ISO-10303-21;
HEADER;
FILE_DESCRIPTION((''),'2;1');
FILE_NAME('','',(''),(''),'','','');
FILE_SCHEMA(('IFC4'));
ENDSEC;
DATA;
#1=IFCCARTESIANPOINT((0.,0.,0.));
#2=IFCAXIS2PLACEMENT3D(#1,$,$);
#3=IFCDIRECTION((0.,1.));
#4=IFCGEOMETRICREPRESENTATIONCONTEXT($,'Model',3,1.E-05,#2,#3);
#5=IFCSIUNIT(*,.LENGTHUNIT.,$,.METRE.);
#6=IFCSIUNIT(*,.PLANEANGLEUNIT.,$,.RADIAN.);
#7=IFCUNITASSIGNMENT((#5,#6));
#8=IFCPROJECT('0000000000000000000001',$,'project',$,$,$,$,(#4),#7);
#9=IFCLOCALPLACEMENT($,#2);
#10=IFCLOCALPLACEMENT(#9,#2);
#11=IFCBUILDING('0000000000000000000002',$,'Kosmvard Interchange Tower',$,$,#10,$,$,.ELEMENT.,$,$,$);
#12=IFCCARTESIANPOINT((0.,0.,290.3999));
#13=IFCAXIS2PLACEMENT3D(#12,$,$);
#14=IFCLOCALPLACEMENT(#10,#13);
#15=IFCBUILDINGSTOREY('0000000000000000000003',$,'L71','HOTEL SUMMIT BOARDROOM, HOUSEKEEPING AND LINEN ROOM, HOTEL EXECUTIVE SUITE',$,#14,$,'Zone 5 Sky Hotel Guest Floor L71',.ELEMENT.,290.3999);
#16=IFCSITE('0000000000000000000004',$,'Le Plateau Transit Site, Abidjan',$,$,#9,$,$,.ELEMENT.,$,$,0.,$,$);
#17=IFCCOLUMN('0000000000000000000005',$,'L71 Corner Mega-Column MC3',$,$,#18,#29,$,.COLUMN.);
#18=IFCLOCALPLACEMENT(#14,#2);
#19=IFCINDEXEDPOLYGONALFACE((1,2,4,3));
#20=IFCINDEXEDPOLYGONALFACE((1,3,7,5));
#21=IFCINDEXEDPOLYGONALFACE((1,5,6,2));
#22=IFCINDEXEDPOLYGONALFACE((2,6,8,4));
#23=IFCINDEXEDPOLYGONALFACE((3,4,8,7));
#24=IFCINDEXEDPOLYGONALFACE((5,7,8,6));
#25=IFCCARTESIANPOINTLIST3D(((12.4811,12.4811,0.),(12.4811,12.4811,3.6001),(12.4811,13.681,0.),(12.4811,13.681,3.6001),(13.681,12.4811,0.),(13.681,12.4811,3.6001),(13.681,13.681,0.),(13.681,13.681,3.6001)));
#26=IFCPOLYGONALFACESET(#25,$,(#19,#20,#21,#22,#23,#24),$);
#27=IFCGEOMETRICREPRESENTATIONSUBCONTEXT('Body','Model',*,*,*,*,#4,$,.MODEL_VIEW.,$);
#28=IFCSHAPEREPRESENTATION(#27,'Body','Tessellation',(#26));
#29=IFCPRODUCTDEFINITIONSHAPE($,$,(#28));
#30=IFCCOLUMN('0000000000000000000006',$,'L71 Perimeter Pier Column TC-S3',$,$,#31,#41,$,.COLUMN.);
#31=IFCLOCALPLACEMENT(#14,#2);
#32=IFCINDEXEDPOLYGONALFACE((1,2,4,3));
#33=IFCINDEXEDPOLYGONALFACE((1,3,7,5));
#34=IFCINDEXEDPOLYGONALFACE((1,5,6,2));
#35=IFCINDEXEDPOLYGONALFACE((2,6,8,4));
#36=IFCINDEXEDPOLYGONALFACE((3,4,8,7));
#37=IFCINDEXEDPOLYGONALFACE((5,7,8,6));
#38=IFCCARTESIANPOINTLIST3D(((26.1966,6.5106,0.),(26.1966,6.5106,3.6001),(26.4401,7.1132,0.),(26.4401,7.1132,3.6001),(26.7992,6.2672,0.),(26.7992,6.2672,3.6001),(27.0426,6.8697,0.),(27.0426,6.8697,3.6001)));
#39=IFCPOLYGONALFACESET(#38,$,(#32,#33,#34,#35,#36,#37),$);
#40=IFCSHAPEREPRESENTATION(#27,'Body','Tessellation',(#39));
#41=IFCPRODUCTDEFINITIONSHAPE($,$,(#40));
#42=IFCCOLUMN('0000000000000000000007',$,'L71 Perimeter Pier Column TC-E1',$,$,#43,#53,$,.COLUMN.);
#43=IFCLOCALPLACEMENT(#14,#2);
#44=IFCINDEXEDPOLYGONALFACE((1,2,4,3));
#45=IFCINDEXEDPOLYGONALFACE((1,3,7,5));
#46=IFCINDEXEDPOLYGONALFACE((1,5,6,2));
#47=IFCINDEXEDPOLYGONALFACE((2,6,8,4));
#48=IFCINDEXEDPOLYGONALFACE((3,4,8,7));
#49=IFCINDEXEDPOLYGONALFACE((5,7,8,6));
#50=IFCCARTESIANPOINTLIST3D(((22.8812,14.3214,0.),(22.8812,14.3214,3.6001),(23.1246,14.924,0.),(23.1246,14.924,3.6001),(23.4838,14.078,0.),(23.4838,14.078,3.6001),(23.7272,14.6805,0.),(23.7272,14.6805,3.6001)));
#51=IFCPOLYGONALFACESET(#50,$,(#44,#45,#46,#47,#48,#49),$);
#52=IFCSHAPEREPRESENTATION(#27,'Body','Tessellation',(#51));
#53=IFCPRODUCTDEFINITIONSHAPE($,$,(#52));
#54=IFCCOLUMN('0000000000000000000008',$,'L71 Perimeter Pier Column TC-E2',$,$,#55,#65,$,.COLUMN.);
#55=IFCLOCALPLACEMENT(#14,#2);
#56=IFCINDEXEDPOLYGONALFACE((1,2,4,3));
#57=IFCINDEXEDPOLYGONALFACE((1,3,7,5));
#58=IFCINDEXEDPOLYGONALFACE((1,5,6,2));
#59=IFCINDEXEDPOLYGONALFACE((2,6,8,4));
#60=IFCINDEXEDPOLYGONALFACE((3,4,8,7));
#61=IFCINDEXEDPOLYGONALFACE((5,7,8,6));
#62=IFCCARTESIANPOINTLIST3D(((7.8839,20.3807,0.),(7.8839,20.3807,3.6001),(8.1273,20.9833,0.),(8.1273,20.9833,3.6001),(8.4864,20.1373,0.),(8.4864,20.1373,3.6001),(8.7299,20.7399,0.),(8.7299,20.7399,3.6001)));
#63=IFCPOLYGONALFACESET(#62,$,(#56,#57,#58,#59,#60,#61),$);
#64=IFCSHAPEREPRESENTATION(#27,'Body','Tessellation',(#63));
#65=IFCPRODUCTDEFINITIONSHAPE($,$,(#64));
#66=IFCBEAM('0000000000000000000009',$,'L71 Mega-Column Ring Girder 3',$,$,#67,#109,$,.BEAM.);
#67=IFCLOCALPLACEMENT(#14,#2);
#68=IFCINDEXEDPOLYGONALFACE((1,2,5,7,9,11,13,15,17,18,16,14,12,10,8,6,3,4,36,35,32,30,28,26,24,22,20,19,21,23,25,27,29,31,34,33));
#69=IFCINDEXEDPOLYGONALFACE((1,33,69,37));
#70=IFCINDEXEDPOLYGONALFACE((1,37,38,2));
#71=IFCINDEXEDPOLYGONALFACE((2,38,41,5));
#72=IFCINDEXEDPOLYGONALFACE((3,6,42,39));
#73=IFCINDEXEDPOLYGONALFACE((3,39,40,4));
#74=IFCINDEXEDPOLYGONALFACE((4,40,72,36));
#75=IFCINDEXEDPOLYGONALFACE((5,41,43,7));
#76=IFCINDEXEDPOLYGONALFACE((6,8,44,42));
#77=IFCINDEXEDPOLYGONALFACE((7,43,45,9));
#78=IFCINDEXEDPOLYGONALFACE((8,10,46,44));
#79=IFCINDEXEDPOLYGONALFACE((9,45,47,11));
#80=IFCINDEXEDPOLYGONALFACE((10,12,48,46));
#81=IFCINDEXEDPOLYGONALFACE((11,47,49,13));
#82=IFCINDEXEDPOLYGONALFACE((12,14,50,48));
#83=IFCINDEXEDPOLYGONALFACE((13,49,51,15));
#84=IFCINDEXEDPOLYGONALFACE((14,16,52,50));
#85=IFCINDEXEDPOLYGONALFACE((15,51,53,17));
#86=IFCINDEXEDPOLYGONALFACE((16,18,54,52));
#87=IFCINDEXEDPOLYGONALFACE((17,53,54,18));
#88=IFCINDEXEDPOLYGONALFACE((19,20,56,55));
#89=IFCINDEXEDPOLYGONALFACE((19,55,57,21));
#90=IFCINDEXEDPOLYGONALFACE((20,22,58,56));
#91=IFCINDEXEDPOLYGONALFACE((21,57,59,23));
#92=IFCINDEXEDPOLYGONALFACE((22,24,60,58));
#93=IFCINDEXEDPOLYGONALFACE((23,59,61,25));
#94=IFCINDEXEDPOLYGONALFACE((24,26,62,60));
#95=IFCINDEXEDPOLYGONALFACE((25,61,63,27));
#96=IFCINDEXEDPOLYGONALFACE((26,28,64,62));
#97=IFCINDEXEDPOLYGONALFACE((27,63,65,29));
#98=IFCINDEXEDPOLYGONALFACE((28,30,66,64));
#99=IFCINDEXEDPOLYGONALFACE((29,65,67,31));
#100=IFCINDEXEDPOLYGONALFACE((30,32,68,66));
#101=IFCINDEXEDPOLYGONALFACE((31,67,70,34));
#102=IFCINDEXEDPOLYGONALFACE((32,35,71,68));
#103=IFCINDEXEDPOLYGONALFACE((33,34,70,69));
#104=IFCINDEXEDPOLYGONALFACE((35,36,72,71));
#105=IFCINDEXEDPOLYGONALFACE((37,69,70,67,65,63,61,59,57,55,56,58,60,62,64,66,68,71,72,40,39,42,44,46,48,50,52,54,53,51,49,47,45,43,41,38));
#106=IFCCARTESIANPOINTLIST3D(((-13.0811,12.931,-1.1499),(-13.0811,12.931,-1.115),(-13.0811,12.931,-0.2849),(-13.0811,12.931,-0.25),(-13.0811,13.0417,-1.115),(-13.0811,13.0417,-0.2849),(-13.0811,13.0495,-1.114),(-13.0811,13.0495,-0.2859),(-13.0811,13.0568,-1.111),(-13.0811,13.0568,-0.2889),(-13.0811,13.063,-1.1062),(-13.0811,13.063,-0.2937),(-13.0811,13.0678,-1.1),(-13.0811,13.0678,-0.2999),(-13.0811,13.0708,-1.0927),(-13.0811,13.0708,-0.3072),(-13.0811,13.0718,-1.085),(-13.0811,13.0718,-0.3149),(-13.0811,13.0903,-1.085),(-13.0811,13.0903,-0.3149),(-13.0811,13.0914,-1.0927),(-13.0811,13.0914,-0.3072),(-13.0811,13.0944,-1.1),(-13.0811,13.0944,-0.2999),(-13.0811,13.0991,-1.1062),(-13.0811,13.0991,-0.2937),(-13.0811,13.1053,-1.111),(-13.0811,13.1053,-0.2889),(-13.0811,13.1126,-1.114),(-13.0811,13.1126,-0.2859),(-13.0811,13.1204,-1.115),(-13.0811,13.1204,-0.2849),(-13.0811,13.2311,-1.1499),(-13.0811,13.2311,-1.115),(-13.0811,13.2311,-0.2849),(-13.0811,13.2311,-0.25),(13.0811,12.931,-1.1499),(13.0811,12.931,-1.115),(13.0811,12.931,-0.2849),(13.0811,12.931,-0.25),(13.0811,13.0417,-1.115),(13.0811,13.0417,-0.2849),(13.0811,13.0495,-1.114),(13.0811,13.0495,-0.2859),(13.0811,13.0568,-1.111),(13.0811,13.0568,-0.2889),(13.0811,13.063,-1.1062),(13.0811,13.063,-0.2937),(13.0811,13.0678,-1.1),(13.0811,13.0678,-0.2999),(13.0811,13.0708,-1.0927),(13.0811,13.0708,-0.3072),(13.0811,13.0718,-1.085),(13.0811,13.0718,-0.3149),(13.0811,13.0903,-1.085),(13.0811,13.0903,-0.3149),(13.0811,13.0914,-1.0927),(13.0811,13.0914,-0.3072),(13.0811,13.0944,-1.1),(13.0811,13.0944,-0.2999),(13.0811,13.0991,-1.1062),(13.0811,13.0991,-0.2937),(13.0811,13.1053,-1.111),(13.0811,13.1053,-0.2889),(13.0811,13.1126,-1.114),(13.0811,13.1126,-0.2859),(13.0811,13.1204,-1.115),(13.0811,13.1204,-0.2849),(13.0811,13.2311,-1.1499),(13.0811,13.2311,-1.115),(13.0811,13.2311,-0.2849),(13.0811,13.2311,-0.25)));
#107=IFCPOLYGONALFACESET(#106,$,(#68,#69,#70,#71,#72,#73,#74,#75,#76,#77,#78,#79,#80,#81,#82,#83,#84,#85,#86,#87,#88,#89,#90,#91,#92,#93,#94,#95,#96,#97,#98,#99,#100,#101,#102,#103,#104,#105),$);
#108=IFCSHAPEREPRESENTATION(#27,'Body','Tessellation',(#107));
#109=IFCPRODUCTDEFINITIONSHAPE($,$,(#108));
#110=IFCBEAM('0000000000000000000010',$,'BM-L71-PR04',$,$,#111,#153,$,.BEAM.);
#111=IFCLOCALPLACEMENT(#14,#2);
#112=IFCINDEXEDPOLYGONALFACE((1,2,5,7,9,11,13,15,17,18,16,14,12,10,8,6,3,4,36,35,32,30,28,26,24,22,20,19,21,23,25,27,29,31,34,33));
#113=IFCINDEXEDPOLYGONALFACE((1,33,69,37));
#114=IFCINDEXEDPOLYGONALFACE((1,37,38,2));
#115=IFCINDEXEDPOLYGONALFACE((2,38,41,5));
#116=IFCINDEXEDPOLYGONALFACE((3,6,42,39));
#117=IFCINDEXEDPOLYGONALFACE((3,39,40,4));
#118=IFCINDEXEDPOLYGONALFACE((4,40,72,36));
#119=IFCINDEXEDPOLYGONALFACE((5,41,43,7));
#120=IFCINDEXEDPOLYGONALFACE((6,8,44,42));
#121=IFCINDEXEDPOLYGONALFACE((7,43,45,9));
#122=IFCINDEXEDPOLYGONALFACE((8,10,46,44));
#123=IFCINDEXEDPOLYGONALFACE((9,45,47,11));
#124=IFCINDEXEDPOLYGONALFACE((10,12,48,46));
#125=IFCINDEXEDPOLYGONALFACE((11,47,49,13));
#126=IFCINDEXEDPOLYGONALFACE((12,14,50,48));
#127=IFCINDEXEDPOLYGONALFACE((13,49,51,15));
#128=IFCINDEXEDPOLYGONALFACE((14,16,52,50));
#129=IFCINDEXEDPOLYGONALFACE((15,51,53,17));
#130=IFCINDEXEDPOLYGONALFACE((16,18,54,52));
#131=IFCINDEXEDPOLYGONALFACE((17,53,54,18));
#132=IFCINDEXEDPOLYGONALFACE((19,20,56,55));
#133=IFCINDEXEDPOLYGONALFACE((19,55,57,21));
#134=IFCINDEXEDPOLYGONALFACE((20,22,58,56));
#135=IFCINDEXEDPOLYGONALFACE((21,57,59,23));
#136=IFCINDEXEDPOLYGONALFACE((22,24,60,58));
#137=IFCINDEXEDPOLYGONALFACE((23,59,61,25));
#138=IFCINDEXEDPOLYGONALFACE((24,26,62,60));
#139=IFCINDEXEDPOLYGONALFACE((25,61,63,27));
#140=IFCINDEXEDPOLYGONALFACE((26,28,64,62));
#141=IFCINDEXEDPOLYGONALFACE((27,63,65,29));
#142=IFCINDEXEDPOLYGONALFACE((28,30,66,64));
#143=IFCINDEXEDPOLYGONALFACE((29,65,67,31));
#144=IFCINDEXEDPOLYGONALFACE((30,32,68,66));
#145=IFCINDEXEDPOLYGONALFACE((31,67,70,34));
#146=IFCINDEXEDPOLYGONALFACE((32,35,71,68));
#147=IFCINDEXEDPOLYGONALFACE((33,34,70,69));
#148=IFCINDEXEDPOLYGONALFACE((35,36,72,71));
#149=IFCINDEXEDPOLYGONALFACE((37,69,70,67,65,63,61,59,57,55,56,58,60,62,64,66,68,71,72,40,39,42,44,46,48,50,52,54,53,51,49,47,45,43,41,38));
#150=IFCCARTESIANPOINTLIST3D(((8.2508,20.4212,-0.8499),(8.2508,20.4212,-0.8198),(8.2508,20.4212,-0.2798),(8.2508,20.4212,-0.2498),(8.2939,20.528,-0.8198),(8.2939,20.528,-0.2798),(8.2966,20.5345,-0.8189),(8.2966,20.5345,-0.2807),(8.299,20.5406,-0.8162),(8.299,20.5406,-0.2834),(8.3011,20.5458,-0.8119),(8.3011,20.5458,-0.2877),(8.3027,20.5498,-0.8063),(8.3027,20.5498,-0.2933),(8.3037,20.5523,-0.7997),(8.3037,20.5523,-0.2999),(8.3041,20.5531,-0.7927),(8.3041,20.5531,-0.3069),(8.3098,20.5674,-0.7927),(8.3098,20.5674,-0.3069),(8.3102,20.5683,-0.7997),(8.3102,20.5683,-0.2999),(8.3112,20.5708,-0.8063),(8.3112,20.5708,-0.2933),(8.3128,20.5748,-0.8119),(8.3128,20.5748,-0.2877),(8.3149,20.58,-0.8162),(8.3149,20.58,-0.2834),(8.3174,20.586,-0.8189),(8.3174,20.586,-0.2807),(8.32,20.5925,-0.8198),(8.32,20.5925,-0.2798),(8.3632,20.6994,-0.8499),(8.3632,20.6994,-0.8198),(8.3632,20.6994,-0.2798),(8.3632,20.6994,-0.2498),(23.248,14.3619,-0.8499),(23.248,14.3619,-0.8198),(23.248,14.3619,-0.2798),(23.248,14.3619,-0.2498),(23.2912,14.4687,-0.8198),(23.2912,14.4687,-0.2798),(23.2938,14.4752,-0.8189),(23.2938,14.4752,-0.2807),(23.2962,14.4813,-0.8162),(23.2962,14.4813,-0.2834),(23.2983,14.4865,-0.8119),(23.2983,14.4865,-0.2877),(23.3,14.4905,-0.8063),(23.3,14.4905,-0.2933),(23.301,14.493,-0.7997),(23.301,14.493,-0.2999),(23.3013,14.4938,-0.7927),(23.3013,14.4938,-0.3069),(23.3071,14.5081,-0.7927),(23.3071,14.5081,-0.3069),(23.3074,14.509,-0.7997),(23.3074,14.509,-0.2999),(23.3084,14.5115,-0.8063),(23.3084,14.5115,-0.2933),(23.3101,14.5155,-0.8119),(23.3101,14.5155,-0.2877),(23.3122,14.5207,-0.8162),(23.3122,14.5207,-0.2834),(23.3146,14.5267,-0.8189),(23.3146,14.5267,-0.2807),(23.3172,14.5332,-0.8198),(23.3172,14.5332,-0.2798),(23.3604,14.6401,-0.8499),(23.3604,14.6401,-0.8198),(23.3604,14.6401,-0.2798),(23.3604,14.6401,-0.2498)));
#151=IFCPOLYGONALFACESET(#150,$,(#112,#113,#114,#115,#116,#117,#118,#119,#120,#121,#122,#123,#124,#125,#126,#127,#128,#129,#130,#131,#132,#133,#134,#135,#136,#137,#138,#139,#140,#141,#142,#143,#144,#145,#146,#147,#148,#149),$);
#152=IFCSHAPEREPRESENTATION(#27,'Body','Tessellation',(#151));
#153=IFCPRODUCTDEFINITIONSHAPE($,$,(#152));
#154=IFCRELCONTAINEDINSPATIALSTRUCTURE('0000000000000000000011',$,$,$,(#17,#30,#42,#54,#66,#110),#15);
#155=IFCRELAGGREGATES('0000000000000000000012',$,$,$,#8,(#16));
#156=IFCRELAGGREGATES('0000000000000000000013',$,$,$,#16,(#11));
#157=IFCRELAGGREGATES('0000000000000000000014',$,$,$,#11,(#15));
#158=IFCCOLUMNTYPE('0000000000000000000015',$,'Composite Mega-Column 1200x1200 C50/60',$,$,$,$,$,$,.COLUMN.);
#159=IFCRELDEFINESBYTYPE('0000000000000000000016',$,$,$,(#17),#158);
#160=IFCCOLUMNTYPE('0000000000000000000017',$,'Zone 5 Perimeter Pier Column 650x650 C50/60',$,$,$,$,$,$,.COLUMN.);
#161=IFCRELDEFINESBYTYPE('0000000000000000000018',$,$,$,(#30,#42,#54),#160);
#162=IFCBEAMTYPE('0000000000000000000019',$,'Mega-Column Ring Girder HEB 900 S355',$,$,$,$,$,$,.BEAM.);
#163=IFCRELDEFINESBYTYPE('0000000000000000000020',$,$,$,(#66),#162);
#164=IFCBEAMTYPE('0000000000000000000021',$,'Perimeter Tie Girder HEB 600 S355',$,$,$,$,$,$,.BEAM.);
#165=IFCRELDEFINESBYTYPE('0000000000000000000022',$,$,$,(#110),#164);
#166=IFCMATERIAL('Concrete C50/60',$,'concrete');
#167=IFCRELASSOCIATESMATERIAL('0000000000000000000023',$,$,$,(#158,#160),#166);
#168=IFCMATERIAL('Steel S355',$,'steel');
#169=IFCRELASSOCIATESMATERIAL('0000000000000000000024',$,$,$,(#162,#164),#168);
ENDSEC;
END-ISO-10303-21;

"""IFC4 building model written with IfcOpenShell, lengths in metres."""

from ifc_helpers import new_model, si_unit, direction, frame, origin, origin_2d, place, context, subcontext, project, spatial, rectangle, i_section, extrude, source, transform, mapped, material, material_profile, profile_set, type_object, element, save


model = new_model("IFC4")

# Units and contexts
model_context = context("Model", 3, precision=1e-05, world=origin(), true_north=direction((0.0, 1.0)))
body_context = subcontext(model_context, "Body", "Model", "MODEL_VIEW")
ifc_project = project(units=[si_unit("LENGTHUNIT", "METRE"), si_unit("PLANEANGLEUNIT", "RADIAN")], contexts=[model_context])

# Site, building, storey
site_placement = place(None, origin())
site = spatial("IfcSite", under=ifc_project, at=site_placement, Name="Le Plateau Transit Site, Abidjan", CompositionType="ELEMENT", RefElevation=0.0)
building_placement = place(site_placement, origin())
building = spatial("IfcBuilding", under=site, at=building_placement, Name="Kosmvard Interchange Tower", CompositionType="ELEMENT")
storey_placement = place(building_placement, frame((0.0, 0.0, 290.3999)))
storey = spatial("IfcBuildingStorey", under=building, at=storey_placement, Name="L71", Description="HOTEL SUMMIT BOARDROOM, HOUSEKEEPING AND LINEN ROOM, HOTEL EXECUTIVE SUITE", LongName="Zone 5 Sky Hotel Guest Floor L71", CompositionType="ELEMENT", Elevation=290.3999)

# Columns
ifc_material_1 = material(Name="Concrete C50/60", Category="concrete")
ifc_material_profile_1 = material_profile(ifc_material_1, rectangle(XDim=1.2, YDim=1.2, at=origin_2d()), Name="MC 1200x1200")
ifc_profile_set_1 = profile_set([ifc_material_profile_1], Name="Concrete C50/60")
column_type_1 = type_object("IfcColumnType", Name="Composite Mega-Column 1200x1200 C50/60", PredefinedType="COLUMN", material=ifc_profile_set_1)
shared_shape_1 = source(origin(), body_context, "Body", "SweptSolid", [
    extrude(rectangle(XDim=1.2, YDim=1.2, at=origin_2d()), origin(), (0.0, 0.0, 1.0), 3.6001),
])
column_placement = place(storey_placement, frame((13.0811, 13.0811, 0.0), z_axis=(0.0, 0.0, 1.0), x_axis=(1.0, 0.0, 0.0)))
element("IfcColumn", 1, at=column_placement, inside=storey, type_object=column_type_1, Name="L71 Corner Mega-Column MC3", PredefinedType="COLUMN", context=body_context, shape_type="MappedRepresentation", body=[
    mapped(shared_shape_1, transform((0.0, 0.0, 0.0), scale=1.0)),
])
ifc_material_profile_2 = material_profile(ifc_material_1, rectangle(XDim=0.6499, YDim=0.6499, at=origin_2d()), Name="TC 650x650")
ifc_profile_set_2 = profile_set([ifc_material_profile_2], Name="Concrete C50/60")
column_type_2 = type_object("IfcColumnType", Name="Zone 5 Perimeter Pier Column 650x650 C50/60", PredefinedType="COLUMN", material=ifc_profile_set_2)
shared_shape_2 = source(origin(), body_context, "Body", "SweptSolid", [
    extrude(rectangle(XDim=0.6499, YDim=0.6499, at=origin_2d()), origin(), (0.0, 0.0, 1.0), 3.6001),
])
for number, where, z_axis, x_axis, name in (
    (2, (26.6196, 6.6902, 0.0), (0.0, 0.0, 1.0), (0.374607, 0.927184, 0.0), "L71 Perimeter Pier Column TC-S3"),
    (3, (23.3042, 14.501, 0.0), (0.0, 0.0, 1.0), (0.374607, 0.927184, 0.0), "L71 Perimeter Pier Column TC-E1"),
    (4, (8.3069, 20.5603, 0.0), (0.0, 0.0, 1.0), (0.374607, 0.927184, 0.0), "L71 Perimeter Pier Column TC-E2"),
):
    element("IfcColumn", number, at=place(storey_placement, frame(where, z_axis=z_axis, x_axis=x_axis)), inside=storey, type_object=column_type_2, Name=name, PredefinedType="COLUMN", context=body_context, shape_type="MappedRepresentation", body=[
        mapped(shared_shape_2, transform((0.0, 0.0, 0.0), scale=1.0)),
    ])

# Beams
ifc_material_2 = material(Name="Steel S355", Category="steel")
ifc_material_profile_3 = material_profile(ifc_material_2, i_section(OverallWidth=0.3, OverallDepth=0.8999, WebThickness=0.0186, FlangeThickness=0.0349, FilletRadius=0.03, at=origin_2d()), Name="HEB 900")
ifc_profile_set_3 = profile_set([ifc_material_profile_3], Name="Steel S355")
beam_type_1 = type_object("IfcBeamType", Name="Mega-Column Ring Girder HEB 900 S355", PredefinedType="BEAM", material=ifc_profile_set_3)
shared_shape_3 = source(origin(), body_context, "Body", "SweptSolid", [
    extrude(i_section(OverallWidth=0.3, OverallDepth=0.8999, WebThickness=0.0186, FlangeThickness=0.0349, FilletRadius=0.03, at=origin_2d()), origin(), (0.0, 0.0, 1.0), 26.1621),
])
beam_1_placement = place(storey_placement, frame((13.0811, 13.0811, -0.7), z_axis=(-1.0, 0.0, 0.0), x_axis=(0.0, -1.0, 0.0)))
element("IfcBeam", 5, at=beam_1_placement, inside=storey, type_object=beam_type_1, Name="L71 Mega-Column Ring Girder 3", PredefinedType="BEAM", context=body_context, shape_type="MappedRepresentation", body=[
    mapped(shared_shape_3, transform((0.0, 0.0, 0.0), scale=1.0)),
])
ifc_material_profile_4 = material_profile(ifc_material_2, i_section(OverallWidth=0.3, OverallDepth=0.6001, WebThickness=0.0154, FlangeThickness=0.03, FilletRadius=0.0271, at=origin_2d()), Name="HEB 600")
ifc_profile_set_4 = profile_set([ifc_material_profile_4], Name="Steel S355")
beam_type_2 = type_object("IfcBeamType", Name="Perimeter Tie Girder HEB 600 S355", PredefinedType="BEAM", material=ifc_profile_set_4)
shared_shape_4 = source(origin(), body_context, "Body", "SweptSolid", [
    extrude(i_section(OverallWidth=0.3, OverallDepth=0.6001, WebThickness=0.0154, FlangeThickness=0.03, FilletRadius=0.0271, at=origin_2d()), origin(), (0.0, 0.0, 1.0), 16.175),
])
beam_2_placement = place(storey_placement, frame((23.3042, 14.501, -0.5498), z_axis=(-0.927183, 0.374608, 0.0), x_axis=(-0.374608, -0.927183, 0.0)))
element("IfcBeam", 6, at=beam_2_placement, inside=storey, type_object=beam_type_2, Name="BM-L71-PR04", PredefinedType="BEAM", context=body_context, shape_type="MappedRepresentation", body=[
    mapped(shared_shape_4, transform((0.0, 0.0, 0.0), scale=1.0)),
])

save(model, "model.ifc")
